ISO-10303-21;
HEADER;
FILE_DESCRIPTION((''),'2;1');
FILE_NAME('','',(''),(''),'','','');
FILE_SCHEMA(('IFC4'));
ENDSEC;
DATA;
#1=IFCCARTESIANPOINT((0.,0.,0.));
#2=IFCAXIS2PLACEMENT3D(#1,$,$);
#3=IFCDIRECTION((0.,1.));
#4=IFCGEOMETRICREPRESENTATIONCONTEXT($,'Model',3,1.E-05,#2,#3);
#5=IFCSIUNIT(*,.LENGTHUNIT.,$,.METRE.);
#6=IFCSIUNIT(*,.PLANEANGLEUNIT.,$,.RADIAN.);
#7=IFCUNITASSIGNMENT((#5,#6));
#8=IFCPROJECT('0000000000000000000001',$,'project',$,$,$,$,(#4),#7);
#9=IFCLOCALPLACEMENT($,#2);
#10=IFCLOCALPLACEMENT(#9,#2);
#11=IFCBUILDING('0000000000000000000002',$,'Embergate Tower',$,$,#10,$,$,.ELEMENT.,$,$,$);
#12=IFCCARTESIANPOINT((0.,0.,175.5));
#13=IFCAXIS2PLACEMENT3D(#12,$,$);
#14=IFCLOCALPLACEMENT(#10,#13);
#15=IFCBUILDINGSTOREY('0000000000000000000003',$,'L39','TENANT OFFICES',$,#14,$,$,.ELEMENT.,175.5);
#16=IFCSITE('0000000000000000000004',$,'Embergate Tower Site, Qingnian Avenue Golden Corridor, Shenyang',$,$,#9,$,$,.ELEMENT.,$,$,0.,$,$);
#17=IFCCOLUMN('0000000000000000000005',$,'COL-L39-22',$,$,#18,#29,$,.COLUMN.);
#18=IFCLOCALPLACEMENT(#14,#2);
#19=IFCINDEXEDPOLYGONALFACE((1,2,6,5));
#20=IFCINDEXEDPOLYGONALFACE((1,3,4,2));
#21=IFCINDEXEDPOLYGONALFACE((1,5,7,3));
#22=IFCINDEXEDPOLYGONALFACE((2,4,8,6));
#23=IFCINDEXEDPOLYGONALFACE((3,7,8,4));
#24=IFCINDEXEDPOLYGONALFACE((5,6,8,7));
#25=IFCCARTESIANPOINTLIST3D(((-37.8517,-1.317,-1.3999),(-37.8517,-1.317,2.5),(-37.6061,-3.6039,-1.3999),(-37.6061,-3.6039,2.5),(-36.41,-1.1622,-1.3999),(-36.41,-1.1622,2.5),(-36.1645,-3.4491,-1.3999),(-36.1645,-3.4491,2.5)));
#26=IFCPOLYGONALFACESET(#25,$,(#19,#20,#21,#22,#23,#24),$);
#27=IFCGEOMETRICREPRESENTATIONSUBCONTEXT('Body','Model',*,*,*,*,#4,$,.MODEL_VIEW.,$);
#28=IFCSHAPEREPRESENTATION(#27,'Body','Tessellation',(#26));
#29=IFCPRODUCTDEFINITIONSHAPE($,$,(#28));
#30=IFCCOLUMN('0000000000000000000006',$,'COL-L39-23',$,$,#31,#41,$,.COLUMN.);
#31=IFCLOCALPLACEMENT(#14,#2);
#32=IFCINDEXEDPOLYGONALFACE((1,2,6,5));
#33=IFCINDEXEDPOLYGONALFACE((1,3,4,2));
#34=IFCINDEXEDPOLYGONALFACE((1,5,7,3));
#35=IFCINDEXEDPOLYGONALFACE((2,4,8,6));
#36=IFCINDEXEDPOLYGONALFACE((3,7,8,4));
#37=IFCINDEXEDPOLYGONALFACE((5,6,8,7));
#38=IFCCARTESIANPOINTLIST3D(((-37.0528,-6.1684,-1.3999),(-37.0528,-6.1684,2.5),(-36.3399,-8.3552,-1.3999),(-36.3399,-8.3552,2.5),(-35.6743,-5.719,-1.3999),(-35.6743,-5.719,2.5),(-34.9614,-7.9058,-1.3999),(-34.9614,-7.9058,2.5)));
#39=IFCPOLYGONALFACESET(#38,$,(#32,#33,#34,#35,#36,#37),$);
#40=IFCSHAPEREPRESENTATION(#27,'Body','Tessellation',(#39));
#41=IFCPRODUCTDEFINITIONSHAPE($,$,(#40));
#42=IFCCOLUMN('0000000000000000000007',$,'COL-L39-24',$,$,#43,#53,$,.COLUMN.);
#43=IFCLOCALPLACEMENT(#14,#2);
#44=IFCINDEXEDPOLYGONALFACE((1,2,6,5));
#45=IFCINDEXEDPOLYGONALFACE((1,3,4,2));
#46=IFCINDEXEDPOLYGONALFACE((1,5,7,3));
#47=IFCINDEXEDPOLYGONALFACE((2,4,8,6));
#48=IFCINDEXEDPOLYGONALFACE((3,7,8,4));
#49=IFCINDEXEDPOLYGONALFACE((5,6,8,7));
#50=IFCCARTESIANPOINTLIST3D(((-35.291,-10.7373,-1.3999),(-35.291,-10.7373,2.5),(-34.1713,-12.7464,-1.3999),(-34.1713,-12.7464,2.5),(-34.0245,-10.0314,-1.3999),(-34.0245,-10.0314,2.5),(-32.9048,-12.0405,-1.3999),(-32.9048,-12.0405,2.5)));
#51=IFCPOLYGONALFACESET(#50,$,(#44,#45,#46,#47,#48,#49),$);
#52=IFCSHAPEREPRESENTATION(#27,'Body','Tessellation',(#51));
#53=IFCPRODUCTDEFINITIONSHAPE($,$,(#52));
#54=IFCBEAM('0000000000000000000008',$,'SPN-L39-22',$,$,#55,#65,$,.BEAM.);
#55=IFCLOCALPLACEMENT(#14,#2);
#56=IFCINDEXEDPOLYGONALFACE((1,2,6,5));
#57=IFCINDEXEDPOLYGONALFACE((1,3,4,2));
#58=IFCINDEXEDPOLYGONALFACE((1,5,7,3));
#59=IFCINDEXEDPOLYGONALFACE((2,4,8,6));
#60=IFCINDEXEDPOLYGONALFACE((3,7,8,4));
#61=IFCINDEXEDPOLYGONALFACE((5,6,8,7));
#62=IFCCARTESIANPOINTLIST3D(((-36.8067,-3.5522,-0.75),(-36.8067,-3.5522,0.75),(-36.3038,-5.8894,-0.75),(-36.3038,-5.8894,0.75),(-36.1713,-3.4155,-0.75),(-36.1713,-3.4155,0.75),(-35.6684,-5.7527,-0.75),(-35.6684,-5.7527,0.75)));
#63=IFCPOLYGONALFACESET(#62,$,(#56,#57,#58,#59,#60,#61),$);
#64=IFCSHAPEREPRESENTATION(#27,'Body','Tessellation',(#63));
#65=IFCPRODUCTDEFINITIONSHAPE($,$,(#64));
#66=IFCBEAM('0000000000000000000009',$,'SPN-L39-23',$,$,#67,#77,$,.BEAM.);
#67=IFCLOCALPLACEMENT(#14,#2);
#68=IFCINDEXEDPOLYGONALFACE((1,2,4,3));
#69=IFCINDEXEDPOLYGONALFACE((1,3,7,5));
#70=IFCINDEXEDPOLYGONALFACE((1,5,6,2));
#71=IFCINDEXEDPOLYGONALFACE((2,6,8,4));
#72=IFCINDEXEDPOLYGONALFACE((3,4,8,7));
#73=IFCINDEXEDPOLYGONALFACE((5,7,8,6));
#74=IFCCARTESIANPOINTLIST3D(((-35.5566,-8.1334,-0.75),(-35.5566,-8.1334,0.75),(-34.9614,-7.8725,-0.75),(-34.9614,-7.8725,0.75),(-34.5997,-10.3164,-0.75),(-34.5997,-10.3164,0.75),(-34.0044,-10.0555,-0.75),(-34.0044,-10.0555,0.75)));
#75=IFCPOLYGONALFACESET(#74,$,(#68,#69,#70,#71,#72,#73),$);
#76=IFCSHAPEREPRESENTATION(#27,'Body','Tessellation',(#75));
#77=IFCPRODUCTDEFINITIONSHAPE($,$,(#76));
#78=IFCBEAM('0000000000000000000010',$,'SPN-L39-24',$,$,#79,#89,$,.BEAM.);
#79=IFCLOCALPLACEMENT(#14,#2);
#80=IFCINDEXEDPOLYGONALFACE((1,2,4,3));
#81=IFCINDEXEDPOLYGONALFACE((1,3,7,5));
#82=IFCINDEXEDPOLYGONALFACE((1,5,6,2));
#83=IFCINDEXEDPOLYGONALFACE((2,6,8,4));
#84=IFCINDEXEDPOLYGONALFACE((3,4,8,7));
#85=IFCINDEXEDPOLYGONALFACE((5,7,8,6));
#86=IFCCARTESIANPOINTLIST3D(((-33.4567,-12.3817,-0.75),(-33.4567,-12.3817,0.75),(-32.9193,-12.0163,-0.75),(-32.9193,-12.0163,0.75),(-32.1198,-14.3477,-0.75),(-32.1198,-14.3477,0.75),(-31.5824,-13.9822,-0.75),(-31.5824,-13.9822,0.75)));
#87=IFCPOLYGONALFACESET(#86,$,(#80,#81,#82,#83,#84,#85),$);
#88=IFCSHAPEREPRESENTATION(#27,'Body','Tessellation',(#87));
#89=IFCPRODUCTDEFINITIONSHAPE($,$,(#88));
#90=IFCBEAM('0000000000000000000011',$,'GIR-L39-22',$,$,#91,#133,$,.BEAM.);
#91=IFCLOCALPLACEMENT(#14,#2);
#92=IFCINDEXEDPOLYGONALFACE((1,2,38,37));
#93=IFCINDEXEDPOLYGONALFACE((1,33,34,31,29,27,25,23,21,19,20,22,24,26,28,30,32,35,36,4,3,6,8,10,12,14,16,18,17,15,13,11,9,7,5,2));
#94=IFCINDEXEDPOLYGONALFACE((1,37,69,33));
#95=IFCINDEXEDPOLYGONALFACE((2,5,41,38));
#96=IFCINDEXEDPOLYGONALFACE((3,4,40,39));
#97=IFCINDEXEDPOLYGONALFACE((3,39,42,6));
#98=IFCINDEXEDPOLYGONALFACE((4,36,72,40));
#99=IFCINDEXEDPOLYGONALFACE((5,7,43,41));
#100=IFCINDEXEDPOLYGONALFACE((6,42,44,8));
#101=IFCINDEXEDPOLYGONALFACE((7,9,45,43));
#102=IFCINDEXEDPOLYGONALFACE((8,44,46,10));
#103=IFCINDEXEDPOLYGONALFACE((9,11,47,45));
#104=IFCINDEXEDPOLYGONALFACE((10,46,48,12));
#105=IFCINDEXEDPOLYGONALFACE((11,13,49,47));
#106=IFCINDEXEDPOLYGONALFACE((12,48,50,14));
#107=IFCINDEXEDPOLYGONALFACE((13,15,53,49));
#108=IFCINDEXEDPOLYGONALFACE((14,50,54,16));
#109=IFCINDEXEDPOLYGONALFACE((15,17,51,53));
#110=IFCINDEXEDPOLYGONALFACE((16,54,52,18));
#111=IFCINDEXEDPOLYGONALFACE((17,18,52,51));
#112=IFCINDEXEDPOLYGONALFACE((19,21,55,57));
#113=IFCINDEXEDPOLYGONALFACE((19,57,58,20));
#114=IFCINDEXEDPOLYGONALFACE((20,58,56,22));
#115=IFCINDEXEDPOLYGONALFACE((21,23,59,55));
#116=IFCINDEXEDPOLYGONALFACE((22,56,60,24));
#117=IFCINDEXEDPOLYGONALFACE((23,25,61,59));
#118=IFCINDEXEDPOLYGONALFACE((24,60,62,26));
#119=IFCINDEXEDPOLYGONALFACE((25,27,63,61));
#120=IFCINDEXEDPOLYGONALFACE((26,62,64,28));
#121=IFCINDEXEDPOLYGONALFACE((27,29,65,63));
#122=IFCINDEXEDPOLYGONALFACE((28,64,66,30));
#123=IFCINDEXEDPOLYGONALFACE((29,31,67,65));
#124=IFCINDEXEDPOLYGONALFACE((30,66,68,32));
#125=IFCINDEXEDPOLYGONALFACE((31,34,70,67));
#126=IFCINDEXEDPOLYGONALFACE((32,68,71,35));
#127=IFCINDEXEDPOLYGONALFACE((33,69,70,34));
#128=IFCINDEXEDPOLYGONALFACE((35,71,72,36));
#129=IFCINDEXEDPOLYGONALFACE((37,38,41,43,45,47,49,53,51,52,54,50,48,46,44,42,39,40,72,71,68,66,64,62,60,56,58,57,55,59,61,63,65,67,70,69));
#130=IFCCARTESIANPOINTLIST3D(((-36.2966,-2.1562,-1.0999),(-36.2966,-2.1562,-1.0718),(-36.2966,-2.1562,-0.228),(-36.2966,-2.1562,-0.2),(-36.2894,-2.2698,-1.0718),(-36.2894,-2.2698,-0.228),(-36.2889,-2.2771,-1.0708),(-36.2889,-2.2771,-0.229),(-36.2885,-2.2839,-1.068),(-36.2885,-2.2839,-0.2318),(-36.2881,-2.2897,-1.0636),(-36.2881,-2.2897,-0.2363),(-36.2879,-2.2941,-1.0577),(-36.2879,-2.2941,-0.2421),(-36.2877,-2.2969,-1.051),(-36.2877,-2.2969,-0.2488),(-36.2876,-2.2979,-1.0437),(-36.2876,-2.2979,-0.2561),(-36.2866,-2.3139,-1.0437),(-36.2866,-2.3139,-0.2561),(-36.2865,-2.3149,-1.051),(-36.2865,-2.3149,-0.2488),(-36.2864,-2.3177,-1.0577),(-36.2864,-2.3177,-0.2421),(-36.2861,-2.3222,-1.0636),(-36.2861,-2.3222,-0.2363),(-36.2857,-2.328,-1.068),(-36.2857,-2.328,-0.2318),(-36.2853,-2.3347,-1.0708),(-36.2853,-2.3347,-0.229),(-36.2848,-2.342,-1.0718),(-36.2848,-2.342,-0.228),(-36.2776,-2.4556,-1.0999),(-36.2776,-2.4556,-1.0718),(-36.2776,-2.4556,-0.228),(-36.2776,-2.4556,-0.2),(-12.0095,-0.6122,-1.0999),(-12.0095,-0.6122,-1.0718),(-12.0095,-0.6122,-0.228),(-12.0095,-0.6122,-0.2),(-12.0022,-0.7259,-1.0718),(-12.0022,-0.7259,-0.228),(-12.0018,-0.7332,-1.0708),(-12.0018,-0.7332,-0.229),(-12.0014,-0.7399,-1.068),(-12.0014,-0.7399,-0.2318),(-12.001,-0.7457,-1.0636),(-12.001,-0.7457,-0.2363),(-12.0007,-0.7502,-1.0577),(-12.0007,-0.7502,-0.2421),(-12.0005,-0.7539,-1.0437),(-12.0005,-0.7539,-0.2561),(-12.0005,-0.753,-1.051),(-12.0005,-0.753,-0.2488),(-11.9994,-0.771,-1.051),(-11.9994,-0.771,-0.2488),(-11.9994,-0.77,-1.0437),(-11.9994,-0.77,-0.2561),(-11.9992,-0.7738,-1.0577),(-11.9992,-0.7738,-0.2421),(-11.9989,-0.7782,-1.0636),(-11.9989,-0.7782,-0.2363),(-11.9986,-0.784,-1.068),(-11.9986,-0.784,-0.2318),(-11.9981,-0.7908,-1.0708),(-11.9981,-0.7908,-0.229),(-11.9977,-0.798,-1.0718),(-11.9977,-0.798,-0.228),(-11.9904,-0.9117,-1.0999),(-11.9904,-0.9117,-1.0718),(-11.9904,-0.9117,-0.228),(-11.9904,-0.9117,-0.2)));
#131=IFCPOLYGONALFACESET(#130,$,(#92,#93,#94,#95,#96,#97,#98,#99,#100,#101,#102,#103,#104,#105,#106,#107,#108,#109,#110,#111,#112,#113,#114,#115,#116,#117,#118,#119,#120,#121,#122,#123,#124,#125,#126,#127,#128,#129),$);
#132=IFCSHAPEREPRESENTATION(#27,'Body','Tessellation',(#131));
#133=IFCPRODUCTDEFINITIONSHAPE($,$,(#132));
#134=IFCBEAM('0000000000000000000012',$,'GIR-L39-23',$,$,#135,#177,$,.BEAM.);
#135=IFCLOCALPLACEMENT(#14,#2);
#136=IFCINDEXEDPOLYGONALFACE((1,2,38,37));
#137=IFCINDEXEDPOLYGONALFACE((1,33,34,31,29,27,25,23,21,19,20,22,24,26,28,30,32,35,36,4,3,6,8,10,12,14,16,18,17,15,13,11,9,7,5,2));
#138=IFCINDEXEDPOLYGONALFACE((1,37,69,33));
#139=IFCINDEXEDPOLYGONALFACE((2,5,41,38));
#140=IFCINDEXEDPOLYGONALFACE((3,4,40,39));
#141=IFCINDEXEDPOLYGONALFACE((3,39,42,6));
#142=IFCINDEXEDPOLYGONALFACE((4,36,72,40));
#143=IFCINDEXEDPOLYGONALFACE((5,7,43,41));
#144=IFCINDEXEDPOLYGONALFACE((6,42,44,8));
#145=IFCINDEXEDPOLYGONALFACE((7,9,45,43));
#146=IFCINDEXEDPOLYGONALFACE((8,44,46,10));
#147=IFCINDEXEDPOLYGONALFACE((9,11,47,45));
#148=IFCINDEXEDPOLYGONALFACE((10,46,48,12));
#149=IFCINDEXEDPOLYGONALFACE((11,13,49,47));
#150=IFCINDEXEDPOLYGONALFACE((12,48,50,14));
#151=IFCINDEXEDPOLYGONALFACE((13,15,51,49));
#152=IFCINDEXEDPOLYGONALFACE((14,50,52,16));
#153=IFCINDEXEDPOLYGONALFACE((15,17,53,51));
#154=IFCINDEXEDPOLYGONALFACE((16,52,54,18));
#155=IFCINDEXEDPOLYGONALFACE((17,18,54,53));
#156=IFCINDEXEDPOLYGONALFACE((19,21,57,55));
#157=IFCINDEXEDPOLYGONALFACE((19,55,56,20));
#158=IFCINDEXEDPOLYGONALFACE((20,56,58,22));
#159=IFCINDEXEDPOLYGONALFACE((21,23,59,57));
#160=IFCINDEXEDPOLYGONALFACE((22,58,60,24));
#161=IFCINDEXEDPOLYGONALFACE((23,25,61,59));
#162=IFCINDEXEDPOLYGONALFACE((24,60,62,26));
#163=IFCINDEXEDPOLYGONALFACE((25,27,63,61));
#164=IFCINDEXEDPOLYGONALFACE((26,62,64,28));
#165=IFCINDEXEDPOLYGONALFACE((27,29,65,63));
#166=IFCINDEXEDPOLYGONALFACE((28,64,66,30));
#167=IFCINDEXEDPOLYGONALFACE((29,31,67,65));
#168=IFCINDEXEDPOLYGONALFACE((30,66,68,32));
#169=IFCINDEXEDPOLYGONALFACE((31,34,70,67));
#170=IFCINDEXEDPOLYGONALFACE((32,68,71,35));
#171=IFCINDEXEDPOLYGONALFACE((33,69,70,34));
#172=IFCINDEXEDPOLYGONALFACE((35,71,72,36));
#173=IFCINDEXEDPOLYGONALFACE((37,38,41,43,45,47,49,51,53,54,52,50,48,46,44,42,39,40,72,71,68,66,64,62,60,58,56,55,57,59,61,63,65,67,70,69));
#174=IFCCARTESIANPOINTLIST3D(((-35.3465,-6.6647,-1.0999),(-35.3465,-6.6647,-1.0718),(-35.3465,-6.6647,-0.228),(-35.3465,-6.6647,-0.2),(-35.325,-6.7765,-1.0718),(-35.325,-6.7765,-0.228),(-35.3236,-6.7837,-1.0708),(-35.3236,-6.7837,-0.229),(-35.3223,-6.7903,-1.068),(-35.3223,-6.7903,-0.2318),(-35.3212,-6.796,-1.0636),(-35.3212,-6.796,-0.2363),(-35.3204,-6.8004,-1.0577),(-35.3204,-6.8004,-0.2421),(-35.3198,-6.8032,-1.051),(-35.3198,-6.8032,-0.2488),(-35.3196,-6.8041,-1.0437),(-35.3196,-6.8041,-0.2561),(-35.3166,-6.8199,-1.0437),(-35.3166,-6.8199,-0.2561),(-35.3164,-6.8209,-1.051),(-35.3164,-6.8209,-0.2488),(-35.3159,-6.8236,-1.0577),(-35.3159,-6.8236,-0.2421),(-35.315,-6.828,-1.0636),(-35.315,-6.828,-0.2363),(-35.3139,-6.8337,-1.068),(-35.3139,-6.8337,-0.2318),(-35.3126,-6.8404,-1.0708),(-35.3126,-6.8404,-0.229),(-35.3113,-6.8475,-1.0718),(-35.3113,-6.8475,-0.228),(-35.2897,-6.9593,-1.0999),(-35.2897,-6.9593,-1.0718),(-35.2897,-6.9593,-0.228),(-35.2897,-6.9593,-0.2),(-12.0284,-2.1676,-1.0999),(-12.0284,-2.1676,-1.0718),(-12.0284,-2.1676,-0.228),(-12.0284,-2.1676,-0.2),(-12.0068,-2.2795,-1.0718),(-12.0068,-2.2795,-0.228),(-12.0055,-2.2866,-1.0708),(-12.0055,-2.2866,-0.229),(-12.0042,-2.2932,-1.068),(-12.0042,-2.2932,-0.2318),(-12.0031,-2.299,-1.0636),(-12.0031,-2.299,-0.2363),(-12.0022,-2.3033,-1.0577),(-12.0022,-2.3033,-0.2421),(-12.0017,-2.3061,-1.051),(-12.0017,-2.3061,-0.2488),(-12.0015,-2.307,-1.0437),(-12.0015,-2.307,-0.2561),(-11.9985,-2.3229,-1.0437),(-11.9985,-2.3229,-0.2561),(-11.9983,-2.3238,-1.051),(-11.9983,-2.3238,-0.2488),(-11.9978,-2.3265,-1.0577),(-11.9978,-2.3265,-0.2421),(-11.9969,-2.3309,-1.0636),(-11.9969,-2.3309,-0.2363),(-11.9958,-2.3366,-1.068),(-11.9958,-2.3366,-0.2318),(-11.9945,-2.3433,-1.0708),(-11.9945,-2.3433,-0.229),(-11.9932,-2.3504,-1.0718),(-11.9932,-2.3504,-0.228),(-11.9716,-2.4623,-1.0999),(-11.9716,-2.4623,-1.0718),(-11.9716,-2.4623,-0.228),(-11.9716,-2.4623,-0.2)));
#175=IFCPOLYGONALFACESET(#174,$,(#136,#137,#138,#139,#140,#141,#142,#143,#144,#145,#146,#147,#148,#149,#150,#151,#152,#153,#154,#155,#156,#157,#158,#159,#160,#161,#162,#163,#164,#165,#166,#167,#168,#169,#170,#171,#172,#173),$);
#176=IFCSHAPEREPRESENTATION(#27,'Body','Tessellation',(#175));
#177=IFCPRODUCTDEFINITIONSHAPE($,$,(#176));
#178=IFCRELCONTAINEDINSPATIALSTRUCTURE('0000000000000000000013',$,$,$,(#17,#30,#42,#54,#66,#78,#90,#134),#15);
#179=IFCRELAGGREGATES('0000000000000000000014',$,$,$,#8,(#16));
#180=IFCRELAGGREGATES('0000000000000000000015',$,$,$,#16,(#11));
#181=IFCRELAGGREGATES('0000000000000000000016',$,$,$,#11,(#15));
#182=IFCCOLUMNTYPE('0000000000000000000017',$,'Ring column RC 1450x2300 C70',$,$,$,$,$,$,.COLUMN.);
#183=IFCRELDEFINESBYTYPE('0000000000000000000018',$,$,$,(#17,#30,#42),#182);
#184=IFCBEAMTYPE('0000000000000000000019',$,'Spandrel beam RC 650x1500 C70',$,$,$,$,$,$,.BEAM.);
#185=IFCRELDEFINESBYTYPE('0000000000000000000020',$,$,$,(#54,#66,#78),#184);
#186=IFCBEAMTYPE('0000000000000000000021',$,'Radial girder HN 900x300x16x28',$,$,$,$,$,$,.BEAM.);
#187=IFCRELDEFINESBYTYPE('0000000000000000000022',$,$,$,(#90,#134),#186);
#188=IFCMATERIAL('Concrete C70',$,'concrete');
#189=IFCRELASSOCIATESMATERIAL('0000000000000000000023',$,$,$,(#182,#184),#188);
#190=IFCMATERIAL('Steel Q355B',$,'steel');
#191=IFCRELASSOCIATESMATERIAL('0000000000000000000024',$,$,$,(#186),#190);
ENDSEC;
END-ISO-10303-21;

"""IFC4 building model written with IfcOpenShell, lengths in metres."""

from ifc_helpers import new_model, si_unit, direction, frame, origin, origin_2d, place, context, subcontext, project, spatial, rectangle, i_section, extrude, source, transform, mapped, material, material_profile, profile_set, type_object, element, save


model = new_model("IFC4")

# Units and contexts
model_context = context("Model", 3, precision=1e-05, world=origin(), true_north=direction((0.0, 1.0)))
body_context = subcontext(model_context, "Body", "Model", "MODEL_VIEW")
ifc_project = project(units=[si_unit("LENGTHUNIT", "METRE"), si_unit("PLANEANGLEUNIT", "RADIAN")], contexts=[model_context])

# Site, building, storey
site_placement = place(None, origin())
site = spatial("IfcSite", under=ifc_project, at=site_placement, Name="Embergate Tower Site, Qingnian Avenue Golden Corridor, Shenyang", CompositionType="ELEMENT", RefElevation=0.0)
building_placement = place(site_placement, origin())
building = spatial("IfcBuilding", under=site, at=building_placement, Name="Embergate Tower", CompositionType="ELEMENT")
storey_placement = place(building_placement, frame((0.0, 0.0, 175.5)))
storey = spatial("IfcBuildingStorey", under=building, at=storey_placement, Name="L39", Description="TENANT OFFICES", CompositionType="ELEMENT", Elevation=175.5)

# Columns
ifc_material_1 = material(Name="Concrete C70", Category="concrete")
ifc_material_profile_1 = material_profile(ifc_material_1, rectangle(XDim=1.45, YDim=2.3, at=origin_2d()), Name="RC 1450x2300")
ifc_profile_set_1 = profile_set([ifc_material_profile_1], Name="Concrete C70")
column_type = type_object("IfcColumnType", Name="Ring column RC 1450x2300 C70", PredefinedType="COLUMN", material=ifc_profile_set_1)
shared_shape_1 = source(origin(), body_context, "Body", "SweptSolid", [
    extrude(rectangle(XDim=1.45, YDim=2.3, at=origin_2d()), origin(), (0.0, 0.0, 1.0), 3.8999),
])
for number, where, z_axis, x_axis, name in (
    (1, (-37.0081, -2.3831, -1.3999), (0.0, 0.0, 1.0), (-0.994286, -0.10675, 0.0), "COL-L39-22"),
    (2, (-36.0071, -7.0371, -1.3999), (0.0, 0.0, 1.0), (-0.950754, -0.309946, 0.0), "COL-L39-23"),
    (3, (-34.0979, -11.3889, -1.3999), (0.0, 0.0, 1.0), (-0.873492, -0.486839, 0.0), "COL-L39-24"),
):
    element("IfcColumn", number, at=place(storey_placement, frame(where, z_axis=z_axis, x_axis=x_axis)), inside=storey, type_object=column_type, Name=name, PredefinedType="COLUMN", context=body_context, shape_type="MappedRepresentation", body=[
        mapped(shared_shape_1, transform((0.0, 0.0, 0.0))),
    ])

# Beams
ifc_material_profile_2 = material_profile(ifc_material_1, rectangle(XDim=0.6499, YDim=1.5, at=origin_2d()), Name="RC 650x1500")
ifc_profile_set_2 = profile_set([ifc_material_profile_2], Name="Concrete C70")
beam_type_1 = type_object("IfcBeamType", Name="Spandrel beam RC 650x1500 C70", PredefinedType="BEAM", material=ifc_profile_set_2)
shared_shape_2 = source(origin(), body_context, "Body", "SweptSolid", [
    extrude(rectangle(XDim=0.6499, YDim=1.5, at=origin_2d()), origin(), (0.0, 0.0, 1.0), 2.3906),
])
beam_1_placement = place(storey_placement, frame((-36.489, -3.4839, 0.0), z_axis=(0.210373, -0.977621, 0.0), x_axis=(0.977621, 0.210373, 0.0)))
element("IfcBeam", 4, at=beam_1_placement, inside=storey, type_object=beam_type_1, Name="SPN-L39-22", PredefinedType="BEAM", context=body_context, shape_type="MappedRepresentation", body=[
    mapped(shared_shape_2, transform((0.0, 0.0, 0.0))),
])
shared_shape_3 = source(origin(), body_context, "Body", "SweptSolid", [
    extrude(rectangle(XDim=0.6499, YDim=1.5, at=origin_2d()), origin(), (0.0, 0.0, 1.0), 2.3835),
])
beam_2_placement = place(storey_placement, frame((-35.259, -8.0029, 0.0), z_axis=(0.401496, -0.915861, 0.0), x_axis=(0.915861, 0.401496, 0.0)))
element("IfcBeam", 5, at=beam_2_placement, inside=storey, type_object=beam_type_1, Name="SPN-L39-23", PredefinedType="BEAM", context=body_context, shape_type="MappedRepresentation", body=[
    mapped(shared_shape_3, transform((0.0, 0.0, 0.0))),
])
shared_shape_4 = source(origin(), body_context, "Body", "SweptSolid", [
    extrude(rectangle(XDim=0.6499, YDim=1.5, at=origin_2d()), origin(), (0.0, 0.0, 1.0), 2.3774),
])
beam_3_placement = place(storey_placement, frame((-33.188, -12.199, 0.0), z_axis=(0.562307, -0.826928, 0.0), x_axis=(0.826928, 0.562307, 0.0)))
element("IfcBeam", 6, at=beam_3_placement, inside=storey, type_object=beam_type_1, Name="SPN-L39-24", PredefinedType="BEAM", context=body_context, shape_type="MappedRepresentation", body=[
    mapped(shared_shape_4, transform((0.0, 0.0, 0.0))),
])
ifc_material_2 = material(Name="Steel Q355B", Category="steel")
ifc_material_profile_3 = material_profile(ifc_material_2, i_section(OverallWidth=0.3, OverallDepth=0.8999, WebThickness=0.0161, FlangeThickness=0.0281, FilletRadius=0.0281, at=origin_2d()), Name="HN 900x300x16x28")
ifc_profile_set_3 = profile_set([ifc_material_profile_3], Name="Steel Q355 grade B")
beam_type_2 = type_object("IfcBeamType", Name="Radial girder HN 900x300x16x28", PredefinedType="BEAM", material=ifc_profile_set_3)
shared_shape_5 = source(origin(), body_context, "Body", "SweptSolid", [
    extrude(i_section(OverallWidth=0.3, OverallDepth=0.8999, WebThickness=0.0161, FlangeThickness=0.0281, FilletRadius=0.0281, at=origin_2d()), origin(), (0.0, 0.0, 1.0), 24.3362),
])
beam_4_placement = place(storey_placement, frame((-36.2871, -2.3059, -0.6499), z_axis=(0.997985, 0.063443, 0.0), x_axis=(-0.063443, 0.997985, 0.0)))
element("IfcBeam", 7, at=beam_4_placement, inside=storey, type_object=beam_type_2, Name="GIR-L39-22", PredefinedType="BEAM", context=body_context, shape_type="MappedRepresentation", body=[
    mapped(shared_shape_5, transform((0.0, 0.0, 0.0))),
])
shared_shape_6 = source(origin(), body_context, "Body", "SweptSolid", [
    extrude(i_section(OverallWidth=0.3, OverallDepth=0.8999, WebThickness=0.0161, FlangeThickness=0.0281, FilletRadius=0.0281, at=origin_2d()), origin(), (0.0, 0.0, 1.0), 23.7478),
])
beam_5_placement = place(storey_placement, frame((-35.3181, -6.812, -0.6499), z_axis=(0.981906, 0.189368, 0.0), x_axis=(-0.189368, 0.981906, 0.0)))
element("IfcBeam", 8, at=beam_5_placement, inside=storey, type_object=beam_type_2, Name="GIR-L39-23", PredefinedType="BEAM", context=body_context, shape_type="MappedRepresentation", body=[
    mapped(shared_shape_6, transform((0.0, 0.0, 0.0))),
])

save(model, "model.ifc")
